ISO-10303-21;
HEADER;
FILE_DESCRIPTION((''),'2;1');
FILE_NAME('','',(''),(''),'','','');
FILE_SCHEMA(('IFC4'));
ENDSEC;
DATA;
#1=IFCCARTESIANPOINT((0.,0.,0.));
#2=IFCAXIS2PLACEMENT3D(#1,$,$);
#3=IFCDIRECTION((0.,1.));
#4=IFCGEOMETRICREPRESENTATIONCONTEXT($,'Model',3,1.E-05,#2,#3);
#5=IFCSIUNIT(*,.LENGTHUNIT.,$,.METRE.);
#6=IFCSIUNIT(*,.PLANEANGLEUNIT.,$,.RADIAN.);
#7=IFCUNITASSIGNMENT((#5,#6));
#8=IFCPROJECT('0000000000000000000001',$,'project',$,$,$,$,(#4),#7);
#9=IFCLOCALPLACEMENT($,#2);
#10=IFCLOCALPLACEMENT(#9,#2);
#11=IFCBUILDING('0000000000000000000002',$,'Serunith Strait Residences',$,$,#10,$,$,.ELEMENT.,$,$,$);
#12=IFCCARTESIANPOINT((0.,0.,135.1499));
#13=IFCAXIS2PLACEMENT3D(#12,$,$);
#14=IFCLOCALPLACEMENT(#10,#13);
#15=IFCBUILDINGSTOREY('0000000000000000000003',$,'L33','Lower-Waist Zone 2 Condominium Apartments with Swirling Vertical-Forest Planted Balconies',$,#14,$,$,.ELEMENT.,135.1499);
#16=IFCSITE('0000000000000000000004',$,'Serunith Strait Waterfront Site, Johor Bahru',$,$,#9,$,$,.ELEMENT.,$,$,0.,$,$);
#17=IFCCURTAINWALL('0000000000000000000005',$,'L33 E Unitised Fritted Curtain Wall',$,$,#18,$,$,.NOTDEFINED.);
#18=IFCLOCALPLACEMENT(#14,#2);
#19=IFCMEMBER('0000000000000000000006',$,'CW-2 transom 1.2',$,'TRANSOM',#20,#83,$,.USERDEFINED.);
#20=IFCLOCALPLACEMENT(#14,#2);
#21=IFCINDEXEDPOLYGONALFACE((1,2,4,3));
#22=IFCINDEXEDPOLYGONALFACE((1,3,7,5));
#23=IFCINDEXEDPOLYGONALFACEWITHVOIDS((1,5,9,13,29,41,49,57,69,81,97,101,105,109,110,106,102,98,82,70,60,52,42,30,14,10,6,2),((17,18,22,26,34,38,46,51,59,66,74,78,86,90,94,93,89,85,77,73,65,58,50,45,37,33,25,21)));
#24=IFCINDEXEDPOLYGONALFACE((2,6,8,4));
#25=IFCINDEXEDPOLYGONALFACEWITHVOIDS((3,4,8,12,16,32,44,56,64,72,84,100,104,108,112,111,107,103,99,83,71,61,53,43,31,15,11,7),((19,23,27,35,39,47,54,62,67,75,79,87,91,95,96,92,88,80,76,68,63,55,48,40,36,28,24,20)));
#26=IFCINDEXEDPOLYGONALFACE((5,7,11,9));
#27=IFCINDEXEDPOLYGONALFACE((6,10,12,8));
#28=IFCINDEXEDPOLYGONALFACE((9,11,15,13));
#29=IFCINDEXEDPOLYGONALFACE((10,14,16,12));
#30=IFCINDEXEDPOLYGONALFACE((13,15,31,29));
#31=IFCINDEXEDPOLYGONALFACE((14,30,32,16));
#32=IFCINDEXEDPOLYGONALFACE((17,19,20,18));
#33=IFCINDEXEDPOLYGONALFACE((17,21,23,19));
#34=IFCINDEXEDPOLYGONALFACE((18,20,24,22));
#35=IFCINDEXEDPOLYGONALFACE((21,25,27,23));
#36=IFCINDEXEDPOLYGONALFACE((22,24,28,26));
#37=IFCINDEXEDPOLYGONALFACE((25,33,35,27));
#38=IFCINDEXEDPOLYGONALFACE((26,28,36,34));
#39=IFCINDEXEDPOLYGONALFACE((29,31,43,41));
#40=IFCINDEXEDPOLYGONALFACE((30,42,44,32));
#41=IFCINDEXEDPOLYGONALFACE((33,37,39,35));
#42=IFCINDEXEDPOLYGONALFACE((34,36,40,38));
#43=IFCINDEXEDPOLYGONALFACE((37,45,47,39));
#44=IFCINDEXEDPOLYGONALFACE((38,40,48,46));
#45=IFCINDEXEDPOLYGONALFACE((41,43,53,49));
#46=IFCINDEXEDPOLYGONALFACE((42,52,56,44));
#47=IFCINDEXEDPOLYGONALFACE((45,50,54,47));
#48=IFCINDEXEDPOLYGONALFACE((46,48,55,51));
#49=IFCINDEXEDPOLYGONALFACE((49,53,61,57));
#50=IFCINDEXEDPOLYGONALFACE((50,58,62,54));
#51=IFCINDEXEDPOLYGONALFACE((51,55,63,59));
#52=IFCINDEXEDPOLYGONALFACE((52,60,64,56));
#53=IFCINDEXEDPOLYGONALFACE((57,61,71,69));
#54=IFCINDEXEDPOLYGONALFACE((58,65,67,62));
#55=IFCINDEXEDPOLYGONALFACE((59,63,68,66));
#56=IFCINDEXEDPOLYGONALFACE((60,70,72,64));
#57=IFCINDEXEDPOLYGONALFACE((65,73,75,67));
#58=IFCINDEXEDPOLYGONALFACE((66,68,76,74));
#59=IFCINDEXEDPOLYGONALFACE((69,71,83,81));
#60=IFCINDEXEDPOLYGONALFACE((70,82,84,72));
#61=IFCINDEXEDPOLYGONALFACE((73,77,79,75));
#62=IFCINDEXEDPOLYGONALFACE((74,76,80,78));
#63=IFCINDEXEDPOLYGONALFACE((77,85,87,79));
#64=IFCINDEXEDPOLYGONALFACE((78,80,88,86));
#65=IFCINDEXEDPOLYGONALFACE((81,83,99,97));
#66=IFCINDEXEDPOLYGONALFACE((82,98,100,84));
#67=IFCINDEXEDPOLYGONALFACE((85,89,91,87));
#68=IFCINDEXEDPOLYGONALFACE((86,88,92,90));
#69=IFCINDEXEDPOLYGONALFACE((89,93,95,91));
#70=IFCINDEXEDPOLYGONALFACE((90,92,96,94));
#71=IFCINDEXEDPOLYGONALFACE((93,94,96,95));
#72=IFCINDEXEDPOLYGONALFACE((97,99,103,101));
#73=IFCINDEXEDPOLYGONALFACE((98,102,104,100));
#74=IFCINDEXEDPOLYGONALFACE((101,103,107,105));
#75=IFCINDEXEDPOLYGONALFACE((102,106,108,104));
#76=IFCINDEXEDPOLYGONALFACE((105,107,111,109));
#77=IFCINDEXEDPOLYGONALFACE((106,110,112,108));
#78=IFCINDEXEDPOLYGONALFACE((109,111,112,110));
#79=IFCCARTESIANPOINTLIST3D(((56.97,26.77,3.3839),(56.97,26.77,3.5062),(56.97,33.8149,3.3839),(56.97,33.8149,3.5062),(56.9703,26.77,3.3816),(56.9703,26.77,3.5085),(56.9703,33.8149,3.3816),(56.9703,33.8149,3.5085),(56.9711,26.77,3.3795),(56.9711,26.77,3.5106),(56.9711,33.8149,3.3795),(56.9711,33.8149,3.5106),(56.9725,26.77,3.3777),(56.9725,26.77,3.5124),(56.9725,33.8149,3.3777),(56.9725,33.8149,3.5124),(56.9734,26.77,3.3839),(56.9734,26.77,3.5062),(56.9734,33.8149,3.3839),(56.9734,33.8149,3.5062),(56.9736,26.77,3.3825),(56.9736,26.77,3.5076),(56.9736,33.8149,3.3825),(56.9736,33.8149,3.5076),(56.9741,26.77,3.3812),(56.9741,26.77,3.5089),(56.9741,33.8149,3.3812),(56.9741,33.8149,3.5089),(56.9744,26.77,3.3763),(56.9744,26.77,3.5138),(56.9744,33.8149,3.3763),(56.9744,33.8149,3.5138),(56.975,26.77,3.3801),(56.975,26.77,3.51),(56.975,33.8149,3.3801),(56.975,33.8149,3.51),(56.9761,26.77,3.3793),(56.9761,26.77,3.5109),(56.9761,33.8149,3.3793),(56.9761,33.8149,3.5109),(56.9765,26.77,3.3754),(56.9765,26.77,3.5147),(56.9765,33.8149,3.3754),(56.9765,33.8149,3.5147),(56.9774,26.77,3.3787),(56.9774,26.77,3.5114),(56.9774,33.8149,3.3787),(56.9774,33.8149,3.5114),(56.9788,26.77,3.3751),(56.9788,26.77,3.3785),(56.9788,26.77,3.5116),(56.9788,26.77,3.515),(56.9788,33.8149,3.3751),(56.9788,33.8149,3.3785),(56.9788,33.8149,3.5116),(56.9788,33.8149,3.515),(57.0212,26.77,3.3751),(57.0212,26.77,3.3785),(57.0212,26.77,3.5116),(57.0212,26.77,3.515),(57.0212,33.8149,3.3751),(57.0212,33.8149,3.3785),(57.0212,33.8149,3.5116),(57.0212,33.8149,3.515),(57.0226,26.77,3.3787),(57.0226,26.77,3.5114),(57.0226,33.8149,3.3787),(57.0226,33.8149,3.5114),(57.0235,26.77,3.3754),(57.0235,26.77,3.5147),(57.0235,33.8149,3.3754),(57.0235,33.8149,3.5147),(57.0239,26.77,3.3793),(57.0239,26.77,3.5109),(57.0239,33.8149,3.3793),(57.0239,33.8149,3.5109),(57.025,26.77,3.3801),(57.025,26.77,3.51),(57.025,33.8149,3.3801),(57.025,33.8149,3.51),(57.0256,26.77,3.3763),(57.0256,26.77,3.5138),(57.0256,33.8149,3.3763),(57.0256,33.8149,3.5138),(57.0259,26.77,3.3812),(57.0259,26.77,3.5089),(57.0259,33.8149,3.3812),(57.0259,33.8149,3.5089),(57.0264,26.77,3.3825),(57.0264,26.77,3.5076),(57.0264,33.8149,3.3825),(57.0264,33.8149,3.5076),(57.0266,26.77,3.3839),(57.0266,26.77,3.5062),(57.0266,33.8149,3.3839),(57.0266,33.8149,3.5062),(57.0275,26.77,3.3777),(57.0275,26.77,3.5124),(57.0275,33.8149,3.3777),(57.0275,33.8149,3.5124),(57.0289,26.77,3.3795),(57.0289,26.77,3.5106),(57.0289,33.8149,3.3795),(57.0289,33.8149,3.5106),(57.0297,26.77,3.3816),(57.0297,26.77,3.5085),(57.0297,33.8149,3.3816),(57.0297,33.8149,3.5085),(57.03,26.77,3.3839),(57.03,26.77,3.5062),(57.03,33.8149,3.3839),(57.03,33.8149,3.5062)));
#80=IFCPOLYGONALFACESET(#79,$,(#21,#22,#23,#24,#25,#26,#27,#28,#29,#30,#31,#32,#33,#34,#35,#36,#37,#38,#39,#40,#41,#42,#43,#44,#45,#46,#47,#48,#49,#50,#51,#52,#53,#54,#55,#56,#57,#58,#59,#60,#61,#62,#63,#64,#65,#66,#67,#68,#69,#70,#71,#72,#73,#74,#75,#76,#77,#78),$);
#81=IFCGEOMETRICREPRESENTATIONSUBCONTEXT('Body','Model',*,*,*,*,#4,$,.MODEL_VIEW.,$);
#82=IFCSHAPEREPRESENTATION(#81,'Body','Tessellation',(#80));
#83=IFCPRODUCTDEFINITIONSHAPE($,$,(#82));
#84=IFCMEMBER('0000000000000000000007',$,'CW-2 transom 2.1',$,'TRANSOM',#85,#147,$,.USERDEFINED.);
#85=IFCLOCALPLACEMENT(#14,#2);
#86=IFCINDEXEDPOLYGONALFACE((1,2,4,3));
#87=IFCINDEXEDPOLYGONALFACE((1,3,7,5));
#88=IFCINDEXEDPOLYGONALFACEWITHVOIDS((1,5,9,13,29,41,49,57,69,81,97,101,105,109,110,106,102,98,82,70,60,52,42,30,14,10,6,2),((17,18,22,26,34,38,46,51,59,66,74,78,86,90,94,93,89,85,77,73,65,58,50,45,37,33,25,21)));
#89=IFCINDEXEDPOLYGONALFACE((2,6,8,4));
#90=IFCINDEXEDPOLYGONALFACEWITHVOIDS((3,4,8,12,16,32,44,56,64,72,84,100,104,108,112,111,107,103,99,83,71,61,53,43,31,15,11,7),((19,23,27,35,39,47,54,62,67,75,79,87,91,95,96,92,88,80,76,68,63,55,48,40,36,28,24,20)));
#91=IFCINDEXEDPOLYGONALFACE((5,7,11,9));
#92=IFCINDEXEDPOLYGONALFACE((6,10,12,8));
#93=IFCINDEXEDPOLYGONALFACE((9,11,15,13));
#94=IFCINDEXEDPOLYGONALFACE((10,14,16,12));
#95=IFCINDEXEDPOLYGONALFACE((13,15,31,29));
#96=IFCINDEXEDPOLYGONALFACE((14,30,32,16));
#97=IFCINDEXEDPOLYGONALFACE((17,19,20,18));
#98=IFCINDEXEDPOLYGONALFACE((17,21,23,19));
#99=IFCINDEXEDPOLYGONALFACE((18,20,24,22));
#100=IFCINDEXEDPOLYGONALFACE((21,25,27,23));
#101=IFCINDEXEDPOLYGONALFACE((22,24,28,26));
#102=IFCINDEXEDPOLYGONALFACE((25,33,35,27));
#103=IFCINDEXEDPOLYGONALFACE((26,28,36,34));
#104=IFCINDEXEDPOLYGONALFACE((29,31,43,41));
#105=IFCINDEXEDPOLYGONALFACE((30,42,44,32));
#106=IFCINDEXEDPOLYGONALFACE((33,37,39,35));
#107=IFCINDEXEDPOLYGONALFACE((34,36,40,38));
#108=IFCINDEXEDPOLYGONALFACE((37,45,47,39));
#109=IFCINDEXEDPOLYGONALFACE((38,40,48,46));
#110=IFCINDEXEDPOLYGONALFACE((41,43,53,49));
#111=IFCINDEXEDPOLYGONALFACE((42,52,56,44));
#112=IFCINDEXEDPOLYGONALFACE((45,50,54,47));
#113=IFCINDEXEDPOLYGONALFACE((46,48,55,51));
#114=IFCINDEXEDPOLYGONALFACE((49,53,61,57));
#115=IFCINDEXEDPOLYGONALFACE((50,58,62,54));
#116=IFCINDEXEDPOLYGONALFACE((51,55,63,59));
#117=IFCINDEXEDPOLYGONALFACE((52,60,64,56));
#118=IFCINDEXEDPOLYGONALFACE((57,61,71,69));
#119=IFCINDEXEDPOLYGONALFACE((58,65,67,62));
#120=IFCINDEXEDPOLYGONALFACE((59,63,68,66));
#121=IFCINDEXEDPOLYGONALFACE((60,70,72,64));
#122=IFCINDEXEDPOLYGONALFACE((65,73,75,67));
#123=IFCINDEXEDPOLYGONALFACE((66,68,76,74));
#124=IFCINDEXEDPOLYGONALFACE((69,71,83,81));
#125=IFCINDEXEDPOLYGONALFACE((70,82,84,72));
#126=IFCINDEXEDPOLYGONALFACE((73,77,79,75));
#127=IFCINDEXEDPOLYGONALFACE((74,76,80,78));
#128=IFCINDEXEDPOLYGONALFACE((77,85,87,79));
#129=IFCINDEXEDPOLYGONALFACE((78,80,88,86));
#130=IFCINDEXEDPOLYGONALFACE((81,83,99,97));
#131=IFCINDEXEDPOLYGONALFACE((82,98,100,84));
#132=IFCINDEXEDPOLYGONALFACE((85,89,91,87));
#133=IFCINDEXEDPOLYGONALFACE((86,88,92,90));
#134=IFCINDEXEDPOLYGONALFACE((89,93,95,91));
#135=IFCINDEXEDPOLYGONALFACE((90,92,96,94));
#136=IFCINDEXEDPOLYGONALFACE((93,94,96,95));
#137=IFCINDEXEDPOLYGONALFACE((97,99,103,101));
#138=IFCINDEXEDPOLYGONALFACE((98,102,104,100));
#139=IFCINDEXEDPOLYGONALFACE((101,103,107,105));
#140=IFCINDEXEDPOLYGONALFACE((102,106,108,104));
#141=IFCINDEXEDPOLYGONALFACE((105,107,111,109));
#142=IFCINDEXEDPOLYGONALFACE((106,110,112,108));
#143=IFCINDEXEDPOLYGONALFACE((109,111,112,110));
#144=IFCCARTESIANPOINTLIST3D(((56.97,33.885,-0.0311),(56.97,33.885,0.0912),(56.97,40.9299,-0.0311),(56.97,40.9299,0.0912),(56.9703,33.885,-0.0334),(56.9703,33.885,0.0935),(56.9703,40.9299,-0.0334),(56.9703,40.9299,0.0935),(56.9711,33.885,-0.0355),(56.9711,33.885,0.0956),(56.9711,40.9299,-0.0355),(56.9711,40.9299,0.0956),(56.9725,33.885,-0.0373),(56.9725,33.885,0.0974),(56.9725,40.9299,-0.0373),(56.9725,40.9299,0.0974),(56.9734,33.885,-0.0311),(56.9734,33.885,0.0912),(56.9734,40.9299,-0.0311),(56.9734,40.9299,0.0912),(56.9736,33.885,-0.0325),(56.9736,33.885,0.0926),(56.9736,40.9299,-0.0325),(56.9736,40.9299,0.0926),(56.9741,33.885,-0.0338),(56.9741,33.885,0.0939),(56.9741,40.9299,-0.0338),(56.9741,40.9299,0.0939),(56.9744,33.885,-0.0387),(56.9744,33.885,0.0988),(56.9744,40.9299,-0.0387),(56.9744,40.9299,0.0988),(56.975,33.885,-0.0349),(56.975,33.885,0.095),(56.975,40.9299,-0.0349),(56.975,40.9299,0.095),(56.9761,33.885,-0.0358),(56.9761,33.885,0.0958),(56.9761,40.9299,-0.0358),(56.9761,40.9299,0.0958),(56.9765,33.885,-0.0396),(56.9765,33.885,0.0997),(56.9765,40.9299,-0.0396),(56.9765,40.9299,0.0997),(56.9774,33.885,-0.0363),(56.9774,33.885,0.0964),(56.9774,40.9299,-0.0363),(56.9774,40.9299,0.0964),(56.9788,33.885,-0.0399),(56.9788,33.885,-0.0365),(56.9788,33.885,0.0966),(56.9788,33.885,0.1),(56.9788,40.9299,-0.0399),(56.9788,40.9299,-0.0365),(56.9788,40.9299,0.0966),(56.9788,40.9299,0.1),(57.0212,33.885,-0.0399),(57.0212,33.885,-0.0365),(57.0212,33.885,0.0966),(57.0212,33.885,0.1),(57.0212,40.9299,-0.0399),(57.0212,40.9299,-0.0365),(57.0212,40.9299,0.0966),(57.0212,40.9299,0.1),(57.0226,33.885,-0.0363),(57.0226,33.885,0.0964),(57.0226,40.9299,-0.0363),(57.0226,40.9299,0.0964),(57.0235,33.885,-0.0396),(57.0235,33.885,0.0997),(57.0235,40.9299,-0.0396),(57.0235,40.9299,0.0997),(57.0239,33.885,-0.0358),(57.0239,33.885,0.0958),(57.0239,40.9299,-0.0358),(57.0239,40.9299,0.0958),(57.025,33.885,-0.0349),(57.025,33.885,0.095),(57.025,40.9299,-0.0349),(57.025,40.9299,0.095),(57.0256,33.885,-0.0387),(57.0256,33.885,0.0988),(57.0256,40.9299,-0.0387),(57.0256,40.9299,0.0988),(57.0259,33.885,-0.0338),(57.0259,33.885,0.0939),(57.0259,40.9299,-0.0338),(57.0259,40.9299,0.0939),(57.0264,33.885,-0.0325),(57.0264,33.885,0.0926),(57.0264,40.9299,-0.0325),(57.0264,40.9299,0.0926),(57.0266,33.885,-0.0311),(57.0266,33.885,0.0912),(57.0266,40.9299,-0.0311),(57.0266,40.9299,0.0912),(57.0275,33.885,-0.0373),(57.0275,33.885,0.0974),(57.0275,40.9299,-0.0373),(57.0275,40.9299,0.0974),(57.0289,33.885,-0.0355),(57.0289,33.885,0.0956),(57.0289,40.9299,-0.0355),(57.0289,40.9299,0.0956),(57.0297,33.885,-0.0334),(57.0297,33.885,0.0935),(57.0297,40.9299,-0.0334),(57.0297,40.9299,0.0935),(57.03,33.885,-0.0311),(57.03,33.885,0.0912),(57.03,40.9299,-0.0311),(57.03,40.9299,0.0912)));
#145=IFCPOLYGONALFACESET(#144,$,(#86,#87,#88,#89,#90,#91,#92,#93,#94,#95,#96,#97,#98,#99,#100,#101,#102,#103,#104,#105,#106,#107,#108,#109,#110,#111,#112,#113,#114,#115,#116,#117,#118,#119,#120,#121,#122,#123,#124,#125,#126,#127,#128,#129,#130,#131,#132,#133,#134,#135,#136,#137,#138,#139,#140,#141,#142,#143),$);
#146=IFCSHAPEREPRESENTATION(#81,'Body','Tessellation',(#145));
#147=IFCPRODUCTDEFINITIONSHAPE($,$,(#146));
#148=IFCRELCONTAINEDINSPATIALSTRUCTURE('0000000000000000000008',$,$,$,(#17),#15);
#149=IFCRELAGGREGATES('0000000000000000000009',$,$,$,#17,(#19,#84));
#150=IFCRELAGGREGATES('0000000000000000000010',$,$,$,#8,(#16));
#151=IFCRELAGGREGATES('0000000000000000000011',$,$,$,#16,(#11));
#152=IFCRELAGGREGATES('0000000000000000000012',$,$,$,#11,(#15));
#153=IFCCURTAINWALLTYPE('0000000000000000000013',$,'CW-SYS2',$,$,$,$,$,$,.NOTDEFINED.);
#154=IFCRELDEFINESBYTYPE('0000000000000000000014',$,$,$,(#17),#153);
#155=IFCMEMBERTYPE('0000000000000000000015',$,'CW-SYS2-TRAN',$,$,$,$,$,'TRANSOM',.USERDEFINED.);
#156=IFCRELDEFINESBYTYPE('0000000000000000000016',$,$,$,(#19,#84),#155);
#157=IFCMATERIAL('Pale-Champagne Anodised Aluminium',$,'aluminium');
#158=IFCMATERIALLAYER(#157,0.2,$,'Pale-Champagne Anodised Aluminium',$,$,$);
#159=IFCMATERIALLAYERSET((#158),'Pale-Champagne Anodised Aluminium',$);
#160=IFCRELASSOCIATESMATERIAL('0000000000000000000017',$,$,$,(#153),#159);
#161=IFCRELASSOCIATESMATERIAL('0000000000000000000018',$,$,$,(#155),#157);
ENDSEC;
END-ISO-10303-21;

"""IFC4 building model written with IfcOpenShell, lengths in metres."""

from ifc_helpers import new_model, si_unit, direction, frame, origin, origin_2d, place, context, subcontext, project, spatial, hollow_rectangle, extrude, source, transform, mapped, material, layer, layer_set, material_profile, profile_set, type_object, element, aggregate, save


model = new_model("IFC4")

# Units and contexts
model_context = context("Model", 3, precision=1e-05, world=origin(), true_north=direction((0.0, 1.0)))
body_context = subcontext(model_context, "Body", "Model", "MODEL_VIEW")
ifc_project = project(units=[si_unit("LENGTHUNIT", "METRE"), si_unit("PLANEANGLEUNIT", "RADIAN")], contexts=[model_context])

# Site, building, storey
site_placement = place(None, origin())
site = spatial("IfcSite", under=ifc_project, at=site_placement, Name="Serunith Strait Waterfront Site, Johor Bahru", CompositionType="ELEMENT", RefElevation=0.0)
building_placement = place(site_placement, origin())
building = spatial("IfcBuilding", under=site, at=building_placement, Name="Serunith Strait Residences", CompositionType="ELEMENT")
storey_placement = place(building_placement, frame((0.0, 0.0, 135.1499)))
storey = spatial("IfcBuildingStorey", under=building, at=storey_placement, Name="L33", Description="Lower-Waist Zone 2 Condominium Apartments with Swirling Vertical-Forest Planted Balconies", CompositionType="ELEMENT", Elevation=135.1499)

# Shared definitions
ifc_material_1 = material(Name="Pale-Champagne Anodised Aluminium", Category="aluminium")
ifc_layer_1 = layer(ifc_material_1, 0.2, Name="Pale-Champagne Anodised Aluminium")
ifc_layer_set_1 = layer_set([ifc_layer_1], Name="Pale-Champagne Anodised Aluminium")
curtain_wall_type = type_object("IfcCurtainWallType", Name="CW-SYS2", PredefinedType="NOTDEFINED", material=ifc_layer_set_1)

# Curtain wall, members
curtain_wall_1_placement = place(storey_placement, origin())
curtain_wall_1 = element("IfcCurtainWall", 1, at=curtain_wall_1_placement, inside=storey, type_object=curtain_wall_type, Name="L33 E Unitised Fritted Curtain Wall", PredefinedType="NOTDEFINED")
ifc_material_profile_1 = material_profile(ifc_material_1, hollow_rectangle(XDim=0.0601, YDim=0.1399, WallThickness=0.0034, InnerFilletRadius=0.0054, OuterFilletRadius=0.0088, at=origin_2d()), Name="ALU 140x60x3.5")
ifc_profile_set_1 = profile_set([ifc_material_profile_1], Name="Pale-Champagne Anodised Aluminium")
member_type_1 = type_object("IfcMemberType", Name="CW-SYS2-TRAN", ElementType="TRANSOM", PredefinedType="USERDEFINED", material=ifc_profile_set_1)
shared_shape_1 = source(origin(), body_context, "Body", "SweptSolid", [
    extrude(hollow_rectangle(XDim=0.0601, YDim=0.1399, WallThickness=0.0034, InnerFilletRadius=0.0054, OuterFilletRadius=0.0088, at=origin_2d()), origin(), (0.0, 0.0, 1.0), 7.0449),
])
member_1_placement = place(storey_placement, frame((57.0, 26.77, 3.4451), z_axis=(0.0, 1.0, 0.0), x_axis=(-1.0, 0.0, 0.0)))
member_1 = element("IfcMember", 2, at=member_1_placement, type_object=member_type_1, Name="CW-2 transom 1.2", ObjectType="TRANSOM", PredefinedType="USERDEFINED", context=body_context, shape_type="MappedRepresentation", body=[
    mapped(shared_shape_1, transform((0.0, 0.0, 0.0), scale=1.0)),
])
member_2_placement = place(storey_placement, frame((57.0, 33.885, 0.03), z_axis=(0.0, 1.0, 0.0), x_axis=(-1.0, 0.0, 0.0)))
member_2 = element("IfcMember", 3, at=member_2_placement, type_object=member_type_1, Name="CW-2 transom 2.1", ObjectType="TRANSOM", PredefinedType="USERDEFINED", context=body_context, shape_type="MappedRepresentation", body=[
    mapped(shared_shape_1, transform((0.0, 0.0, 0.0), scale=1.0)),
])
aggregate(curtain_wall_1, [member_1, member_2])

save(model, "model.ifc")
